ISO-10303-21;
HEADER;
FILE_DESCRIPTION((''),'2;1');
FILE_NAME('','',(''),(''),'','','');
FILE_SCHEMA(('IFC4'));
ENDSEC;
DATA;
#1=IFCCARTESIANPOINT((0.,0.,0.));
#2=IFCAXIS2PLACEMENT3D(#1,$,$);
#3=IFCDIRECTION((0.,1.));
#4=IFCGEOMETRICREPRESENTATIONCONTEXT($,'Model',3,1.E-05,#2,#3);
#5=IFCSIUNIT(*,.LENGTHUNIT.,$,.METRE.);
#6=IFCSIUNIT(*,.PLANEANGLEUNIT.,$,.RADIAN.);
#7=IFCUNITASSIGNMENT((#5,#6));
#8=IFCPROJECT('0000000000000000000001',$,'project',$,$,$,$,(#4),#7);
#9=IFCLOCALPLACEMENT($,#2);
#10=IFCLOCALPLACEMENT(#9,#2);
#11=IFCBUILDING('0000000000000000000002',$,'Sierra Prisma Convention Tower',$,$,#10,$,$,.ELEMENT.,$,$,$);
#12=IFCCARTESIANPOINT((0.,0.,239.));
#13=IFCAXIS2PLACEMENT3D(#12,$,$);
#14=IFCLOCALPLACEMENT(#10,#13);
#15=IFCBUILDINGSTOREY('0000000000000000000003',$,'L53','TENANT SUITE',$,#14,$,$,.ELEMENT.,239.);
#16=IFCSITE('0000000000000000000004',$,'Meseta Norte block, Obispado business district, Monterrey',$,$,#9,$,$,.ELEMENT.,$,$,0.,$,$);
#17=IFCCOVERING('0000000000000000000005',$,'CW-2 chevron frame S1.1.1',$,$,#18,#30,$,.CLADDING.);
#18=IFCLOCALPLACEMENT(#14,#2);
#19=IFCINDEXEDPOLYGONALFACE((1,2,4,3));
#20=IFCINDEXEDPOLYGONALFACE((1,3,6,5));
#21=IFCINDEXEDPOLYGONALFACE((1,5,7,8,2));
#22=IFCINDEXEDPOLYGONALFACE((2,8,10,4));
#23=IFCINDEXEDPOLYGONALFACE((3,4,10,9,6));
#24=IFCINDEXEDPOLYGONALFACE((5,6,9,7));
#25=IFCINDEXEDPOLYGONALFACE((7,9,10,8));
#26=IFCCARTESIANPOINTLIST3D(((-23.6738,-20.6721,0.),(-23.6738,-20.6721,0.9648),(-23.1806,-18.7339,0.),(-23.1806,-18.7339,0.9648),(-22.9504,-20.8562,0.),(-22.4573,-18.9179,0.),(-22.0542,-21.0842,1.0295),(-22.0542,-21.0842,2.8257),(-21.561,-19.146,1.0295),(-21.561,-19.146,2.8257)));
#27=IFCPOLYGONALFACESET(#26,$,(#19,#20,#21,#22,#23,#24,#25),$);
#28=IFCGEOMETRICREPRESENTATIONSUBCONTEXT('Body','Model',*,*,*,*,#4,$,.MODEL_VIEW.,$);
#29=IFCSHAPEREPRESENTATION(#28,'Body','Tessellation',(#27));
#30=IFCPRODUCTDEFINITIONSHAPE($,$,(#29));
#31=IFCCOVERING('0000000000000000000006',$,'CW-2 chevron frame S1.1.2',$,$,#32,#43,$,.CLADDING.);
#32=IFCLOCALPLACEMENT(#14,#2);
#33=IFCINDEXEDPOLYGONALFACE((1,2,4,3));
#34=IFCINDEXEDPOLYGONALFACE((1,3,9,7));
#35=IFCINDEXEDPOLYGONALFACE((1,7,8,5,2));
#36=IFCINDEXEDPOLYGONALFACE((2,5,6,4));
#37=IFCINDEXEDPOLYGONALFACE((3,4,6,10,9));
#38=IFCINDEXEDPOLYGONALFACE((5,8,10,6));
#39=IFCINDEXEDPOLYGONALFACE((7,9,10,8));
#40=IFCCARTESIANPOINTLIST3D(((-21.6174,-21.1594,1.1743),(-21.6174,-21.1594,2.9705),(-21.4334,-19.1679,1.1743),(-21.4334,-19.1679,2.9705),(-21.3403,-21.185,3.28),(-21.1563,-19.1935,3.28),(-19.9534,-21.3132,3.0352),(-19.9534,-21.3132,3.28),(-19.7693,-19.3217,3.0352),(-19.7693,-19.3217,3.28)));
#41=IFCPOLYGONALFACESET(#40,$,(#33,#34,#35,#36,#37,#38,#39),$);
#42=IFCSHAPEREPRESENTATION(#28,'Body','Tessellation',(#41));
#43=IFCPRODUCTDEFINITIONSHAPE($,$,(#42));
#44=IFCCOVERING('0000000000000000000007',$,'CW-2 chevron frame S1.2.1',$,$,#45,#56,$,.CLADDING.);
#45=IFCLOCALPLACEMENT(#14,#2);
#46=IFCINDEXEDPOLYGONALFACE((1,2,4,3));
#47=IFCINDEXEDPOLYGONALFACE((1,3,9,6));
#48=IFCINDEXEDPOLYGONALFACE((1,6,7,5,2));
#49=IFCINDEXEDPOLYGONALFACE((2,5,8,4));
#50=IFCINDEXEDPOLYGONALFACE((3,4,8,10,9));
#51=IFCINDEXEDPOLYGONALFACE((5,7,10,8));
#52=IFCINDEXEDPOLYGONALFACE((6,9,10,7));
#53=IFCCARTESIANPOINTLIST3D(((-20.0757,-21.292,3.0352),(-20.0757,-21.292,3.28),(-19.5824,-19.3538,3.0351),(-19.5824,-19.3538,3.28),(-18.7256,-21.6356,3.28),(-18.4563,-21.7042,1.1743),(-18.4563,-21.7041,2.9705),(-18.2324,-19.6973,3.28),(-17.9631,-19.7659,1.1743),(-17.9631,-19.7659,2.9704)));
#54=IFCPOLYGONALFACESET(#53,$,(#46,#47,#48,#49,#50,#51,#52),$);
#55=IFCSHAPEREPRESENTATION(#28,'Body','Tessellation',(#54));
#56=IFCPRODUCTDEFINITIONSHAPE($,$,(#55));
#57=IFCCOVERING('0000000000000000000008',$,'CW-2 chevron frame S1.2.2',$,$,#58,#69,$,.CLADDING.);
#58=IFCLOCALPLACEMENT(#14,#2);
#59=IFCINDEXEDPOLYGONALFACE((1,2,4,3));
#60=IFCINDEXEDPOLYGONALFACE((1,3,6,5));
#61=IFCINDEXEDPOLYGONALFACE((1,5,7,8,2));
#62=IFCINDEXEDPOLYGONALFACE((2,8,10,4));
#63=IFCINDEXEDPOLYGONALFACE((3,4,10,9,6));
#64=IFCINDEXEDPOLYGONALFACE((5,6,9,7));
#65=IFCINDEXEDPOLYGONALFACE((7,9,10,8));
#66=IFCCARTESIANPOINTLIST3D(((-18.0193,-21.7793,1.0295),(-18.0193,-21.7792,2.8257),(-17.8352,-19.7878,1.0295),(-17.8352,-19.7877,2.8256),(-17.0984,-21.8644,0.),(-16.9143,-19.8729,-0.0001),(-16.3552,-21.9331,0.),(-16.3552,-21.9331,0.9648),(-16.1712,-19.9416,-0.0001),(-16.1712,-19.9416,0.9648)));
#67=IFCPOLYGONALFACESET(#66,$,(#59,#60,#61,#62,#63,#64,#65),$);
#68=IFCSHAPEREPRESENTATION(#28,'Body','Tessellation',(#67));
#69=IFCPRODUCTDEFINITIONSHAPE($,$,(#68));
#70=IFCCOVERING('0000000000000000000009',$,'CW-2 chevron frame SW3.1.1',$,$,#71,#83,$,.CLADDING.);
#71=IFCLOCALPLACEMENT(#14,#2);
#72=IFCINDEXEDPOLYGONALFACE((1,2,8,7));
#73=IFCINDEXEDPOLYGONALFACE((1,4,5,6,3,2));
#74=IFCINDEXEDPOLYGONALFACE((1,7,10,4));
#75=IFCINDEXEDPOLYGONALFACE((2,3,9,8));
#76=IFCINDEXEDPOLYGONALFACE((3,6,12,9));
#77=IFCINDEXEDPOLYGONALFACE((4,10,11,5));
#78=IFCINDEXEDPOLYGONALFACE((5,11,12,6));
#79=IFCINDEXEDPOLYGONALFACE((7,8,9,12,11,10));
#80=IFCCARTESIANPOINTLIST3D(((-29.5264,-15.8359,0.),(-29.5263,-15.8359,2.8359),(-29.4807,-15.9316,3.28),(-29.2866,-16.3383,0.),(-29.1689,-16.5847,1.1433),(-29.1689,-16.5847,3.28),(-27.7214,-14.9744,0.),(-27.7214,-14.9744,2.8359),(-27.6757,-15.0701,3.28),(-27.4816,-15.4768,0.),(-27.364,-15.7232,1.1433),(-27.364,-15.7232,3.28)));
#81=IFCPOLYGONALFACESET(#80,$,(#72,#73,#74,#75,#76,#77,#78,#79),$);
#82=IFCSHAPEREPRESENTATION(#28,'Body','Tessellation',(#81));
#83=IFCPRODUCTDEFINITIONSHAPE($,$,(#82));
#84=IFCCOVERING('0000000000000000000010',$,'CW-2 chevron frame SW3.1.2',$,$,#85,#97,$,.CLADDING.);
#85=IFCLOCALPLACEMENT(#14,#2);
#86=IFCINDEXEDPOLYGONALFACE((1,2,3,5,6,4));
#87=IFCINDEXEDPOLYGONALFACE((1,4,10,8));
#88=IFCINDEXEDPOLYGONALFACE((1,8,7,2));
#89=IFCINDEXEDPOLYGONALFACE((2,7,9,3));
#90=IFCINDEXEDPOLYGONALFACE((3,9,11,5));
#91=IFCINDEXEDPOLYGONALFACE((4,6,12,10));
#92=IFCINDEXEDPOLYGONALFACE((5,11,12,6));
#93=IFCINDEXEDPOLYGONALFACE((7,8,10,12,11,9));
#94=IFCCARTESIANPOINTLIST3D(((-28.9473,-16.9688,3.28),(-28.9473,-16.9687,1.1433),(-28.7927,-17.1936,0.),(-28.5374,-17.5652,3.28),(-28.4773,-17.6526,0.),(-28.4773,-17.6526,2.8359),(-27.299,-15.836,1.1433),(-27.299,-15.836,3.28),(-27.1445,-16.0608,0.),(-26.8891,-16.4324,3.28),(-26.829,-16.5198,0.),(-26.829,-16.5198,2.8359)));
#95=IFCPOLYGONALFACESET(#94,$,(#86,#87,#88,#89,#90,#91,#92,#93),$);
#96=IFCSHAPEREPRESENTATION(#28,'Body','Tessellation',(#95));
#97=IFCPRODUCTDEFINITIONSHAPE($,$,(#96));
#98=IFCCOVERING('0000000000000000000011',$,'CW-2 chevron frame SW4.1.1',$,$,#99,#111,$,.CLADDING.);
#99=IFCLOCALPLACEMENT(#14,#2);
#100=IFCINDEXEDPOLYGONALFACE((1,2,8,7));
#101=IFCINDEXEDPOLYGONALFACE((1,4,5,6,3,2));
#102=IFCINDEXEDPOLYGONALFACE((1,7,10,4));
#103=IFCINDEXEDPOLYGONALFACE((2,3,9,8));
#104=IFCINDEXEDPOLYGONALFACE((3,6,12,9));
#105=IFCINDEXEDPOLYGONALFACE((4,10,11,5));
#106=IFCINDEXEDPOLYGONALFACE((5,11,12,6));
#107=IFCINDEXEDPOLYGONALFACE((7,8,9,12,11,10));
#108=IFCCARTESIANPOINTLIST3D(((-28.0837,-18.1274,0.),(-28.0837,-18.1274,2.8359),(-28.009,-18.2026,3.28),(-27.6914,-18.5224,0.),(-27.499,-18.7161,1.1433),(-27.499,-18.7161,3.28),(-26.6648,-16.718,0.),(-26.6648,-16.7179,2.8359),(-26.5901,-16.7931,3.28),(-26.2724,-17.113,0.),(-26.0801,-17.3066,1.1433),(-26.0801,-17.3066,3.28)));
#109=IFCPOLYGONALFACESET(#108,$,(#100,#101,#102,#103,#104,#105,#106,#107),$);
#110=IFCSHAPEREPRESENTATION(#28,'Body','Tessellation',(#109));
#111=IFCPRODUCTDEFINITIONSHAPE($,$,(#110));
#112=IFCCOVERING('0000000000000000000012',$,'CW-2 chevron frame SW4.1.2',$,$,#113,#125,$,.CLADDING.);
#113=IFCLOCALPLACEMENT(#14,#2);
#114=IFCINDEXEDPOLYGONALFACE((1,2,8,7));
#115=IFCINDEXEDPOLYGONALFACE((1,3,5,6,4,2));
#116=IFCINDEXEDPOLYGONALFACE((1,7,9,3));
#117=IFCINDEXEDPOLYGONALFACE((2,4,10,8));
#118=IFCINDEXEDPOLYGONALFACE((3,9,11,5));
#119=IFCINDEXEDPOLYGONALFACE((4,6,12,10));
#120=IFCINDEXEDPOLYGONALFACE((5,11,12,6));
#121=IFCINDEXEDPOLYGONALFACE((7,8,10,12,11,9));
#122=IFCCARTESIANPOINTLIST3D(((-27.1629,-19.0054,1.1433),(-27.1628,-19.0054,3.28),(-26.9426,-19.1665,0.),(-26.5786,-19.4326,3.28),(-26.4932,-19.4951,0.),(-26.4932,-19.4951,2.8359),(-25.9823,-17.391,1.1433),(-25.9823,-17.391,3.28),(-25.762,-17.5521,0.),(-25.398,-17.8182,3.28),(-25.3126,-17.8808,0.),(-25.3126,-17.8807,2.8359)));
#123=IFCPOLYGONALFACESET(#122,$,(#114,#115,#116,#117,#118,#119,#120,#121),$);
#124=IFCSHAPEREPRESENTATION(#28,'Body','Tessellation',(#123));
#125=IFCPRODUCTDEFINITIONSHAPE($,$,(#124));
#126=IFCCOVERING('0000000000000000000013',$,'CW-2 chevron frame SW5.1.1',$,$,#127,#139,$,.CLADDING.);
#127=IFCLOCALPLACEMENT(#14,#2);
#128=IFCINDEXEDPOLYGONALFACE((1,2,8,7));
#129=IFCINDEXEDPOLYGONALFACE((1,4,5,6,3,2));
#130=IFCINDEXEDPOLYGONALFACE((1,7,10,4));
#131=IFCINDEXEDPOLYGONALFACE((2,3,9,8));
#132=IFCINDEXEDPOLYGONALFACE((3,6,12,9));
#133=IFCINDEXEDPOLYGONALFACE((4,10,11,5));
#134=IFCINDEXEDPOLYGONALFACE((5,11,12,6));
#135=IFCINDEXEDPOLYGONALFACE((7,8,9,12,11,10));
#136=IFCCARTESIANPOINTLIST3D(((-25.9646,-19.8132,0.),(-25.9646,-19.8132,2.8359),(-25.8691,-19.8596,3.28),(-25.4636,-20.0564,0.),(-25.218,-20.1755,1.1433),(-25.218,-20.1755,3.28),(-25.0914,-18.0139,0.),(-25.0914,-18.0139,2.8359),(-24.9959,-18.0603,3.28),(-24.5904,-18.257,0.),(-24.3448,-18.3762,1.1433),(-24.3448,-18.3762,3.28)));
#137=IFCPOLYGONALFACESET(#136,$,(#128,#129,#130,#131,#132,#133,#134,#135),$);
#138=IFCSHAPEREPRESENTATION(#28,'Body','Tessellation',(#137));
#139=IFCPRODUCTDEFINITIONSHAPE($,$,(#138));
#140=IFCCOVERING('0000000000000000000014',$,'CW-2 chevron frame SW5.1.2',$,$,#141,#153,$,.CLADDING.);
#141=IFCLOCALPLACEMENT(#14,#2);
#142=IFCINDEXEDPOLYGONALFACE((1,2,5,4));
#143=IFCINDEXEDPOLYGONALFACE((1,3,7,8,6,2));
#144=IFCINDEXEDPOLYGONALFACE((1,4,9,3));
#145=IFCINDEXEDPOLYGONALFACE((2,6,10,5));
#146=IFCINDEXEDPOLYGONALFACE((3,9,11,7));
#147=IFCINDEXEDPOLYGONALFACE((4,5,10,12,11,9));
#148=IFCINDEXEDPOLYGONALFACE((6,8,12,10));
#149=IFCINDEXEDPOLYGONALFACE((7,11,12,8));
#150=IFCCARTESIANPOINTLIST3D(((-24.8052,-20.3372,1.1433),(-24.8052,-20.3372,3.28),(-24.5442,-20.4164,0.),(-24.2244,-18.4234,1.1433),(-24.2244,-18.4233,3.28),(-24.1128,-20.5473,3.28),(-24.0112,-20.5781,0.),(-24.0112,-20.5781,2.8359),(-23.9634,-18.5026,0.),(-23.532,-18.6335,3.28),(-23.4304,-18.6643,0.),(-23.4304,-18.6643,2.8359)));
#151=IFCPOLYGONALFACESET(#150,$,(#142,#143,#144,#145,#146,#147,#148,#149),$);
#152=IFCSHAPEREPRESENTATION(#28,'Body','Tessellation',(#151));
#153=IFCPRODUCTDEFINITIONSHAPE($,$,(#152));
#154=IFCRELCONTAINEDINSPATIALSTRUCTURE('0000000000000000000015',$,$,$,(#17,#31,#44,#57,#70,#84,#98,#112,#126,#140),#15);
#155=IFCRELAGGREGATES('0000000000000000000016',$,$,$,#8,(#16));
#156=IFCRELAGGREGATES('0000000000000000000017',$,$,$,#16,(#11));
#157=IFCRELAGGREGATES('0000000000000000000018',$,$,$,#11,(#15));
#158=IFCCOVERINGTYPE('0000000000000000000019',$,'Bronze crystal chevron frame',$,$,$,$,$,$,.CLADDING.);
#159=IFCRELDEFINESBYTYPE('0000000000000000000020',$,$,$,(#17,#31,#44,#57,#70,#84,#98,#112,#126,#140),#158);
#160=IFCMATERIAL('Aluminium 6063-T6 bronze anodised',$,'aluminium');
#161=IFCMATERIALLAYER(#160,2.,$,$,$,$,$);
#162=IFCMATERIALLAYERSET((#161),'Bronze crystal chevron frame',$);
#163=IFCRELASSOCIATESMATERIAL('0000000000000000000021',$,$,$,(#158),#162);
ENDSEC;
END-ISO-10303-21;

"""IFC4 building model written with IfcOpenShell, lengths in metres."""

from ifc_helpers import new_model, si_unit, direction, frame, origin, place, context, subcontext, project, spatial, polyline, outline, extrude, material, layer, layer_set, type_object, element, save


model = new_model("IFC4")

# Units and contexts
model_context = context("Model", 3, precision=1e-05, world=origin(), true_north=direction((0.0, 1.0)))
body_context = subcontext(model_context, "Body", "Model", "MODEL_VIEW")
ifc_project = project(units=[si_unit("LENGTHUNIT", "METRE"), si_unit("PLANEANGLEUNIT", "RADIAN")], contexts=[model_context])

# Site, building, storey
site_placement = place(None, origin())
site = spatial("IfcSite", under=ifc_project, at=site_placement, Name="Meseta Norte block, Obispado business district, Monterrey", CompositionType="ELEMENT", RefElevation=0.0)
building_placement = place(site_placement, origin())
building = spatial("IfcBuilding", under=site, at=building_placement, Name="Sierra Prisma Convention Tower", CompositionType="ELEMENT")
storey_placement = place(building_placement, frame((0.0, 0.0, 239.0)))
storey = spatial("IfcBuildingStorey", under=building, at=storey_placement, Name="L53", Description="TENANT SUITE", CompositionType="ELEMENT", Elevation=239.0)

# Coverings
ifc_material_1 = material(Name="Aluminium 6063-T6 bronze anodised", Category="aluminium")
ifc_layer_1 = layer(ifc_material_1, 2.0)
ifc_layer_set_1 = layer_set([ifc_layer_1], Name="Bronze crystal chevron frame")
covering_type = type_object("IfcCoveringType", Name="Bronze crystal chevron frame", PredefinedType="CLADDING", material=ifc_layer_set_1)
covering_1_placement = place(storey_placement, frame((-23.6738, -20.6721, 0.0), z_axis=(-0.246593, -0.969119, 0.000005), x_axis=(0.969119, -0.246593, 0.0)))
element("IfcCovering", 1, at=covering_1_placement, inside=storey, type_object=covering_type, Name="CW-2 chevron frame S1.1.1", PredefinedType="CLADDING", context=body_context, shape_type="SweptSolid", body=[
    extrude(outline(polyline([(0.0, 0.0), (0.7464, 0.0), (1.6712, 1.0295), (1.6712, 2.8257), (0.0, 0.9648), (0.0, 0.0)])), origin(), (0.0, 0.0, -1.0), 2.0),
])
covering_2_placement = place(storey_placement, frame((-21.6174, -21.1594, 2.9705), z_axis=(-0.092035, -0.995756, -0.00001), x_axis=(0.000001, 0.00001, -1.0)))
element("IfcCovering", 2, at=covering_2_placement, inside=storey, type_object=covering_type, Name="CW-2 chevron frame S1.1.2", PredefinedType="CLADDING", context=body_context, shape_type="SweptSolid", body=[
    extrude(outline(polyline([(0.0, 0.0), (1.7961, 0.0), (-0.0647, 1.6712), (-0.3096, 1.6712), (-0.3096, 0.2783), (0.0, 0.0)])), origin(), (0.0, 0.0, -1.0), 2.0),
])
covering_3_placement = place(storey_placement, frame((-20.0757, -21.292, 3.28), z_axis=(-0.246619, -0.969113, 0.000031), x_axis=(-0.000008, -0.00003, -1.0)))
element("IfcCovering", 3, at=covering_3_placement, inside=storey, type_object=covering_type, Name="CW-2 chevron frame S1.2.1", PredefinedType="CLADDING", context=body_context, shape_type="SweptSolid", body=[
    extrude(outline(polyline([(0.0, 0.0), (0.2449, 0.0), (2.1057, 1.671), (0.3096, 1.671), (0.0, 1.3931), (0.0, 0.0)])), origin(), (0.0, 0.0, -1.0), 2.0),
])
covering_4_placement = place(storey_placement, frame((-16.3552, -21.9331, 0.0), z_axis=(-0.092021, -0.995757, 0.000027), x_axis=(0.000002, 0.000027, 1.0)))
element("IfcCovering", 4, at=covering_4_placement, inside=storey, type_object=covering_type, Name="CW-2 chevron frame S1.2.2", PredefinedType="CLADDING", context=body_context, shape_type="SweptSolid", body=[
    extrude(outline(polyline([(0.0, 0.0), (0.9648, 0.0), (2.8257, 1.6712), (1.0295, 1.6712), (0.0, 0.7463), (0.0, 0.0)])), origin(), (0.0, 0.0, -1.0), 2.0),
])
covering_5_placement = place(storey_placement, frame((-29.5264, -15.8359, 0.0), z_axis=(-0.902464, -0.430764, 0.000009), x_axis=(0.430764, -0.902464, 0.0)))
element("IfcCovering", 5, at=covering_5_placement, inside=storey, type_object=covering_type, Name="CW-2 chevron frame SW3.1.1", PredefinedType="CLADDING", context=body_context, shape_type="SweptSolid", body=[
    extrude(outline(polyline([(0.0, 0.0), (0.5567, 0.0), (0.8297, 1.1433), (0.8297, 3.28), (0.106, 3.28), (0.0, 2.8359), (0.0, 0.0)])), origin(), (0.0, 0.0, -1.0), 2.0),
])
covering_6_placement = place(storey_placement, frame((-28.9473, -16.9688, 3.28), z_axis=(-0.824137, -0.566391, 0.0), x_axis=(0.0, 0.0, -1.0)))
element("IfcCovering", 6, at=covering_6_placement, inside=storey, type_object=covering_type, Name="CW-2 chevron frame SW3.1.2", PredefinedType="CLADDING", context=body_context, shape_type="SweptSolid", body=[
    extrude(outline(polyline([(0.0, 0.0), (2.1367, 0.0), (3.28, 0.2728), (3.28, 0.8298), (0.4441, 0.8298), (0.0, 0.7237), (0.0, 0.0)])), origin(), (0.0, 0.0, -1.0), 2.0),
])
covering_7_placement = place(storey_placement, frame((-28.0837, -18.1274, 0.0), z_axis=(-0.709465, -0.704741, 0.000009), x_axis=(0.704741, -0.709465, 0.0)))
element("IfcCovering", 7, at=covering_7_placement, inside=storey, type_object=covering_type, Name="CW-2 chevron frame SW4.1.1", PredefinedType="CLADDING", context=body_context, shape_type="SweptSolid", body=[
    extrude(outline(polyline([(0.0, 0.0), (0.5567, 0.0), (0.8297, 1.1433), (0.8297, 3.28), (0.106, 3.28), (0.0, 2.8359), (0.0, 0.0)])), origin(), (0.0, 0.0, -1.0), 2.0),
])
covering_8_placement = place(storey_placement, frame((-27.1628, -19.0054, 3.28), z_axis=(-0.590291, -0.80719, 0.000013), x_axis=(-0.000007, -0.00001, -1.0)))
element("IfcCovering", 8, at=covering_8_placement, inside=storey, type_object=covering_type, Name="CW-2 chevron frame SW4.1.2", PredefinedType="CLADDING", context=body_context, shape_type="SweptSolid", body=[
    extrude(outline(polyline([(0.0, 0.0), (2.1367, 0.0), (3.28, 0.2729), (3.28, 0.8297), (0.4441, 0.8297), (0.0, 0.7238), (0.0, 0.0)])), origin(), (0.0, 0.0, -1.0), 2.0),
])
covering_9_placement = place(storey_placement, frame((-25.9646, -19.8132, 0.0), z_axis=(-0.436595, -0.899658, -0.000002), x_axis=(0.899658, -0.436595, 0.0)))
element("IfcCovering", 9, at=covering_9_placement, inside=storey, type_object=covering_type, Name="CW-2 chevron frame SW5.1.1", PredefinedType="CLADDING", context=body_context, shape_type="SweptSolid", body=[
    extrude(outline(polyline([(0.0, 0.0), (0.5569, 0.0), (0.8298, 1.1433), (0.8298, 3.28), (0.1061, 3.28), (0.0, 2.8359), (0.0, 0.0)])), origin(), (0.0, 0.0, -1.0), 2.0),
])
covering_10_placement = place(storey_placement, frame((-24.8052, -20.3372, 3.28), z_axis=(-0.290401, -0.956905, 0.000011), x_axis=(-0.000003, -0.000011, -1.0)))
element("IfcCovering", 10, at=covering_10_placement, inside=storey, type_object=covering_type, Name="CW-2 chevron frame SW5.1.2", PredefinedType="CLADDING", context=body_context, shape_type="SweptSolid", body=[
    extrude(outline(polyline([(0.0, 0.0), (2.1367, 0.0), (3.28, 0.2728), (3.28, 0.8297), (0.4441, 0.8297), (0.0, 0.7236), (0.0, 0.0)])), origin(), (0.0, 0.0, -1.0), 2.0),
])

save(model, "model.ifc")
